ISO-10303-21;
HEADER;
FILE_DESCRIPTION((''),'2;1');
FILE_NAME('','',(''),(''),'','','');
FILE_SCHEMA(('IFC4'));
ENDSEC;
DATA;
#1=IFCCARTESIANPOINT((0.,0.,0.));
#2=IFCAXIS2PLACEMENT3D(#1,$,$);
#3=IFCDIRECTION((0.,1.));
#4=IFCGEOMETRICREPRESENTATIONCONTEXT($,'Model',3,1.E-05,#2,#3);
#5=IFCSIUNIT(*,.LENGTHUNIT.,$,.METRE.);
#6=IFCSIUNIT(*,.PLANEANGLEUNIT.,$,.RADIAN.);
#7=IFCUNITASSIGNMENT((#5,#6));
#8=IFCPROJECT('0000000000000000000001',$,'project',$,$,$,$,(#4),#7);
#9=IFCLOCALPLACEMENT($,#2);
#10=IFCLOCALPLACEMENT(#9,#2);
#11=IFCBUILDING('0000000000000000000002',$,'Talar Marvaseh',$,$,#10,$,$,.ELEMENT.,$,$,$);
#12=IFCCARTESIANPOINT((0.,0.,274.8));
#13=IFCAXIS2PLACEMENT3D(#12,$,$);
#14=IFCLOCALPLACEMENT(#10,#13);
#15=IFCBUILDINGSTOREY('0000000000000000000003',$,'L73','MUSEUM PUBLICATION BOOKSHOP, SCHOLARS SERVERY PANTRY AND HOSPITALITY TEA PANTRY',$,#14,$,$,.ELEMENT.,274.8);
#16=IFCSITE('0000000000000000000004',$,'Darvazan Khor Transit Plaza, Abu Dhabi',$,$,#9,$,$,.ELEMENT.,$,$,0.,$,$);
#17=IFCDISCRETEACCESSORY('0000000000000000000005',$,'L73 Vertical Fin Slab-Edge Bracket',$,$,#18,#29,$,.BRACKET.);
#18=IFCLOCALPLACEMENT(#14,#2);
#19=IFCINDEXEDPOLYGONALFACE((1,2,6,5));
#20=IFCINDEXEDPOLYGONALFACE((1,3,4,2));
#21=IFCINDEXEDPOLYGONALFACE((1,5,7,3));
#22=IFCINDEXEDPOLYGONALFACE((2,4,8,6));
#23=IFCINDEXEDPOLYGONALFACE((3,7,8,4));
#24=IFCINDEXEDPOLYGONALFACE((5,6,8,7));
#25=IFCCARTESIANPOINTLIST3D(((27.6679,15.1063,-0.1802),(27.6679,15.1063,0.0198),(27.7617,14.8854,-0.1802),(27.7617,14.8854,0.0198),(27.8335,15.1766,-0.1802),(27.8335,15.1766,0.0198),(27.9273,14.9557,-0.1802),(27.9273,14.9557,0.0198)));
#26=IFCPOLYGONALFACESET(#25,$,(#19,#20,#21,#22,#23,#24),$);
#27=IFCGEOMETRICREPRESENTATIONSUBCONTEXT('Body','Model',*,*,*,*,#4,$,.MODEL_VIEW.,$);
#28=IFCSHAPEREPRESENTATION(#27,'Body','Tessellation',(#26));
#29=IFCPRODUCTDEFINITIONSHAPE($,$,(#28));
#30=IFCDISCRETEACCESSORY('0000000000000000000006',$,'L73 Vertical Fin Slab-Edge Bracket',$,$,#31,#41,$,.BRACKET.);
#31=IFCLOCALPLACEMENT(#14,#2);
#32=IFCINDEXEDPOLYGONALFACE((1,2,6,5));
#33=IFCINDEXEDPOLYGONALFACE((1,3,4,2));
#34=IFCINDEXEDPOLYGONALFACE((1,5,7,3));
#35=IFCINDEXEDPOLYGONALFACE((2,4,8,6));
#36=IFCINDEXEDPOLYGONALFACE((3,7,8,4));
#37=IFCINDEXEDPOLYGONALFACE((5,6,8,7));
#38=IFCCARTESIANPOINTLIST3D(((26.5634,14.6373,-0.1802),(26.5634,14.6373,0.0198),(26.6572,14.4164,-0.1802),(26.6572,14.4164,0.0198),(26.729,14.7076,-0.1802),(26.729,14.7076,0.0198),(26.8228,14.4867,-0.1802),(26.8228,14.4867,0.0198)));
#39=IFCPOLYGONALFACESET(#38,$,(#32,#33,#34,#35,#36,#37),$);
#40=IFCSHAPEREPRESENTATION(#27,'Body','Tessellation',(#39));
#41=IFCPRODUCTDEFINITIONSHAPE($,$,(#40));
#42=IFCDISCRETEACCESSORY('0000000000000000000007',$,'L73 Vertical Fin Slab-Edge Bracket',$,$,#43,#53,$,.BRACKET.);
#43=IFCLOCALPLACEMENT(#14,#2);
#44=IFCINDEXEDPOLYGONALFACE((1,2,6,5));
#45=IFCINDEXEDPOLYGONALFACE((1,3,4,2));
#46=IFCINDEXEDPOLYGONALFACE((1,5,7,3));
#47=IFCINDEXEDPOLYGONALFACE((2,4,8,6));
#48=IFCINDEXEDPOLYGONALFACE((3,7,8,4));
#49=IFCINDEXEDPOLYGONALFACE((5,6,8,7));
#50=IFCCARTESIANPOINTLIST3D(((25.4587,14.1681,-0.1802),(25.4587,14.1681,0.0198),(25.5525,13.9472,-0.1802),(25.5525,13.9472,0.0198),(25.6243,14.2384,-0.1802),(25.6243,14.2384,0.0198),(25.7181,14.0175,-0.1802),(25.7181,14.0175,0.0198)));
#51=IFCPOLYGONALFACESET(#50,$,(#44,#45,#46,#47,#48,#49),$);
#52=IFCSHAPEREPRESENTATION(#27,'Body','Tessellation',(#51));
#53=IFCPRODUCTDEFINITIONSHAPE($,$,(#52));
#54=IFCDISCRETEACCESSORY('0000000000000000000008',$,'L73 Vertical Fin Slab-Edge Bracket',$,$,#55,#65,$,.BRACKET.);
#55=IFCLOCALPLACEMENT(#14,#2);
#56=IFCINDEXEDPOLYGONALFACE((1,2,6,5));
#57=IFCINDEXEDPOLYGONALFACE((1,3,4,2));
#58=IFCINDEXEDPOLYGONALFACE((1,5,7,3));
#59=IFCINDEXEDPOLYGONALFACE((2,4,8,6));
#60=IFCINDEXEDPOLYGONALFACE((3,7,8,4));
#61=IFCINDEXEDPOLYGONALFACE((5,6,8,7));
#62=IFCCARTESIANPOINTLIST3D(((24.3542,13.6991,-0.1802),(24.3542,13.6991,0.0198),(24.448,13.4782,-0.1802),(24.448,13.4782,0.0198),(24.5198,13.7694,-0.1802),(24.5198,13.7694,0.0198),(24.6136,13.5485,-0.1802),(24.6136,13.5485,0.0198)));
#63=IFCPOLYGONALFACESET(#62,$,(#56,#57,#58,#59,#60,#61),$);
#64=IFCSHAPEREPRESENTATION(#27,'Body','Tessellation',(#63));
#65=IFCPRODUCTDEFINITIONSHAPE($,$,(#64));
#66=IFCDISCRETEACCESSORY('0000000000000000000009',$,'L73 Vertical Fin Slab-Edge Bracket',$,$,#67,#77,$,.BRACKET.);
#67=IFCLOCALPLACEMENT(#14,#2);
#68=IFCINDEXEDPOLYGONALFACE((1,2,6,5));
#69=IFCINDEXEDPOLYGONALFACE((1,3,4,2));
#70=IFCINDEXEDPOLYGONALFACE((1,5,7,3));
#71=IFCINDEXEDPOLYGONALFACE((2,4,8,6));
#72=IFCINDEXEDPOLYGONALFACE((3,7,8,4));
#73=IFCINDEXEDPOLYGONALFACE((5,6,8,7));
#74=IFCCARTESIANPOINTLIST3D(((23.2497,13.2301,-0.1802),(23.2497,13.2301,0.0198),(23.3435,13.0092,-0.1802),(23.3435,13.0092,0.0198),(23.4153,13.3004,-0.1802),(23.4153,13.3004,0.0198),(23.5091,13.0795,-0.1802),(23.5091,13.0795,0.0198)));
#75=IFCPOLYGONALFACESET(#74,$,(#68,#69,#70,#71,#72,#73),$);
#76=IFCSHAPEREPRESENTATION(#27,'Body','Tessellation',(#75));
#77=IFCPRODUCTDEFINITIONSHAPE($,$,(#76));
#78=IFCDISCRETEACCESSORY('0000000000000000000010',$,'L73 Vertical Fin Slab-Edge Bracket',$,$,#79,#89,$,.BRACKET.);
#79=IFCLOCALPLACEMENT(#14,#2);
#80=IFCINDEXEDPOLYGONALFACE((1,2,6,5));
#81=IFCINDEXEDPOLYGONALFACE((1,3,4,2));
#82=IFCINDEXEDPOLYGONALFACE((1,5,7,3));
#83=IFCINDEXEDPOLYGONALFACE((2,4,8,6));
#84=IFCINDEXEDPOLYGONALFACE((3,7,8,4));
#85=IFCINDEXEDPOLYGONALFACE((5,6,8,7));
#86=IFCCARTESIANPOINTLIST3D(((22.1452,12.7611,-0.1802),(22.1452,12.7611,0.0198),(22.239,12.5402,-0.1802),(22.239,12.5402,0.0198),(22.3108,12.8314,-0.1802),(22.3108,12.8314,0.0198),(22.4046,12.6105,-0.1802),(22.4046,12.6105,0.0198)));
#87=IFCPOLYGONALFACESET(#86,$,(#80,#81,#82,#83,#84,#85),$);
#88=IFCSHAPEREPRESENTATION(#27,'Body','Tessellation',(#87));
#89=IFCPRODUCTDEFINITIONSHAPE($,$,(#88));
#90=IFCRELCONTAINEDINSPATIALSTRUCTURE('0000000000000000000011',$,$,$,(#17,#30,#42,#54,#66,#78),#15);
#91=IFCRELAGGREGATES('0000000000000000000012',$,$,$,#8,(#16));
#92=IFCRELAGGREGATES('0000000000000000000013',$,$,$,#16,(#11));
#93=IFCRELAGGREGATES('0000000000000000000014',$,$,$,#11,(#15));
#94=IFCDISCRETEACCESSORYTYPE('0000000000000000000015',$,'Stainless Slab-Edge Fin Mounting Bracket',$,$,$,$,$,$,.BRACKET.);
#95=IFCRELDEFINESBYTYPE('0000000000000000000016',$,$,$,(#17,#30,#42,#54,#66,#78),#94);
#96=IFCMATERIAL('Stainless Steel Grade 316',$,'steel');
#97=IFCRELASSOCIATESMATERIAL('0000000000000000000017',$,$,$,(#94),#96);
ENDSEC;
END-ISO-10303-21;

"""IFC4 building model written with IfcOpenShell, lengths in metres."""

from ifc_helpers import new_model, si_unit, direction, frame, origin, origin_2d, place, context, subcontext, project, spatial, rectangle, extrude, source, transform, mapped, material, type_object, type_shapes, element, save


model = new_model("IFC4")

# Units and contexts
model_context = context("Model", 3, precision=1e-05, world=origin(), true_north=direction((0.0, 1.0)))
body_context = subcontext(model_context, "Body", "Model", "MODEL_VIEW")
ifc_project = project(units=[si_unit("LENGTHUNIT", "METRE"), si_unit("PLANEANGLEUNIT", "RADIAN")], contexts=[model_context])

# Site, building, storey
site_placement = place(None, origin())
site = spatial("IfcSite", under=ifc_project, at=site_placement, Name="Darvazan Khor Transit Plaza, Abu Dhabi", CompositionType="ELEMENT", RefElevation=0.0)
building_placement = place(site_placement, origin())
building = spatial("IfcBuilding", under=site, at=building_placement, Name="Talar Marvaseh", CompositionType="ELEMENT")
storey_placement = place(building_placement, frame((0.0, 0.0, 274.8)))
storey = spatial("IfcBuildingStorey", under=building, at=storey_placement, Name="L73", Description="MUSEUM PUBLICATION BOOKSHOP, SCHOLARS SERVERY PANTRY AND HOSPITALITY TEA PANTRY", CompositionType="ELEMENT", Elevation=274.8)

# Discrete accessories
ifc_material_1 = material(Name="Stainless Steel Grade 316", Category="steel")
discrete_accessory_type = type_object("IfcDiscreteAccessoryType", Name="Stainless Slab-Edge Fin Mounting Bracket", PredefinedType="BRACKET", material=ifc_material_1)
shared_shape_1 = source(origin(), body_context, "Body", "SweptSolid", [
    extrude(rectangle(XDim=0.24, YDim=0.1799, at=origin_2d()), origin(), (0.0, 0.0, 1.0), 0.2),
])
type_shapes(discrete_accessory_type, [shared_shape_1])
for number, where, z_axis, x_axis, name in (
    (1, (27.7976, 15.031, -0.1802), (0.0, 0.0, 1.0), (0.390892, -0.920437, 0.0), "L73 Vertical Fin Slab-Edge Bracket"),
    (2, (26.6931, 14.562, -0.1802), (0.0, 0.0, 1.0), (0.390892, -0.920437, 0.0), "L73 Vertical Fin Slab-Edge Bracket"),
    (3, (25.5884, 14.0928, -0.1802), (0.0, 0.0, 1.0), (0.390892, -0.920437, 0.0), "L73 Vertical Fin Slab-Edge Bracket"),
    (4, (24.4839, 13.6238, -0.1802), (0.0, 0.0, 1.0), (0.390892, -0.920437, 0.0), "L73 Vertical Fin Slab-Edge Bracket"),
    (5, (23.3794, 13.1548, -0.1802), (0.0, 0.0, 1.0), (0.390892, -0.920437, 0.0), "L73 Vertical Fin Slab-Edge Bracket"),
    (6, (22.2749, 12.6858, -0.1802), (0.0, 0.0, 1.0), (0.390892, -0.920437, 0.0), "L73 Vertical Fin Slab-Edge Bracket"),
):
    element("IfcDiscreteAccessory", number, at=place(storey_placement, frame(where, z_axis=z_axis, x_axis=x_axis)), inside=storey, type_object=discrete_accessory_type, Name=name, PredefinedType="BRACKET", context=body_context, shape_type="MappedRepresentation", body=[
        mapped(shared_shape_1, transform((0.0, 0.0, 0.0), x_axis=(1.0, 0.0, 0.0), y_axis=(0.0, 1.0, 0.0), z_axis=(0.0, 0.0, 1.0), scale=1.0)),
    ])

save(model, "model.ifc")
